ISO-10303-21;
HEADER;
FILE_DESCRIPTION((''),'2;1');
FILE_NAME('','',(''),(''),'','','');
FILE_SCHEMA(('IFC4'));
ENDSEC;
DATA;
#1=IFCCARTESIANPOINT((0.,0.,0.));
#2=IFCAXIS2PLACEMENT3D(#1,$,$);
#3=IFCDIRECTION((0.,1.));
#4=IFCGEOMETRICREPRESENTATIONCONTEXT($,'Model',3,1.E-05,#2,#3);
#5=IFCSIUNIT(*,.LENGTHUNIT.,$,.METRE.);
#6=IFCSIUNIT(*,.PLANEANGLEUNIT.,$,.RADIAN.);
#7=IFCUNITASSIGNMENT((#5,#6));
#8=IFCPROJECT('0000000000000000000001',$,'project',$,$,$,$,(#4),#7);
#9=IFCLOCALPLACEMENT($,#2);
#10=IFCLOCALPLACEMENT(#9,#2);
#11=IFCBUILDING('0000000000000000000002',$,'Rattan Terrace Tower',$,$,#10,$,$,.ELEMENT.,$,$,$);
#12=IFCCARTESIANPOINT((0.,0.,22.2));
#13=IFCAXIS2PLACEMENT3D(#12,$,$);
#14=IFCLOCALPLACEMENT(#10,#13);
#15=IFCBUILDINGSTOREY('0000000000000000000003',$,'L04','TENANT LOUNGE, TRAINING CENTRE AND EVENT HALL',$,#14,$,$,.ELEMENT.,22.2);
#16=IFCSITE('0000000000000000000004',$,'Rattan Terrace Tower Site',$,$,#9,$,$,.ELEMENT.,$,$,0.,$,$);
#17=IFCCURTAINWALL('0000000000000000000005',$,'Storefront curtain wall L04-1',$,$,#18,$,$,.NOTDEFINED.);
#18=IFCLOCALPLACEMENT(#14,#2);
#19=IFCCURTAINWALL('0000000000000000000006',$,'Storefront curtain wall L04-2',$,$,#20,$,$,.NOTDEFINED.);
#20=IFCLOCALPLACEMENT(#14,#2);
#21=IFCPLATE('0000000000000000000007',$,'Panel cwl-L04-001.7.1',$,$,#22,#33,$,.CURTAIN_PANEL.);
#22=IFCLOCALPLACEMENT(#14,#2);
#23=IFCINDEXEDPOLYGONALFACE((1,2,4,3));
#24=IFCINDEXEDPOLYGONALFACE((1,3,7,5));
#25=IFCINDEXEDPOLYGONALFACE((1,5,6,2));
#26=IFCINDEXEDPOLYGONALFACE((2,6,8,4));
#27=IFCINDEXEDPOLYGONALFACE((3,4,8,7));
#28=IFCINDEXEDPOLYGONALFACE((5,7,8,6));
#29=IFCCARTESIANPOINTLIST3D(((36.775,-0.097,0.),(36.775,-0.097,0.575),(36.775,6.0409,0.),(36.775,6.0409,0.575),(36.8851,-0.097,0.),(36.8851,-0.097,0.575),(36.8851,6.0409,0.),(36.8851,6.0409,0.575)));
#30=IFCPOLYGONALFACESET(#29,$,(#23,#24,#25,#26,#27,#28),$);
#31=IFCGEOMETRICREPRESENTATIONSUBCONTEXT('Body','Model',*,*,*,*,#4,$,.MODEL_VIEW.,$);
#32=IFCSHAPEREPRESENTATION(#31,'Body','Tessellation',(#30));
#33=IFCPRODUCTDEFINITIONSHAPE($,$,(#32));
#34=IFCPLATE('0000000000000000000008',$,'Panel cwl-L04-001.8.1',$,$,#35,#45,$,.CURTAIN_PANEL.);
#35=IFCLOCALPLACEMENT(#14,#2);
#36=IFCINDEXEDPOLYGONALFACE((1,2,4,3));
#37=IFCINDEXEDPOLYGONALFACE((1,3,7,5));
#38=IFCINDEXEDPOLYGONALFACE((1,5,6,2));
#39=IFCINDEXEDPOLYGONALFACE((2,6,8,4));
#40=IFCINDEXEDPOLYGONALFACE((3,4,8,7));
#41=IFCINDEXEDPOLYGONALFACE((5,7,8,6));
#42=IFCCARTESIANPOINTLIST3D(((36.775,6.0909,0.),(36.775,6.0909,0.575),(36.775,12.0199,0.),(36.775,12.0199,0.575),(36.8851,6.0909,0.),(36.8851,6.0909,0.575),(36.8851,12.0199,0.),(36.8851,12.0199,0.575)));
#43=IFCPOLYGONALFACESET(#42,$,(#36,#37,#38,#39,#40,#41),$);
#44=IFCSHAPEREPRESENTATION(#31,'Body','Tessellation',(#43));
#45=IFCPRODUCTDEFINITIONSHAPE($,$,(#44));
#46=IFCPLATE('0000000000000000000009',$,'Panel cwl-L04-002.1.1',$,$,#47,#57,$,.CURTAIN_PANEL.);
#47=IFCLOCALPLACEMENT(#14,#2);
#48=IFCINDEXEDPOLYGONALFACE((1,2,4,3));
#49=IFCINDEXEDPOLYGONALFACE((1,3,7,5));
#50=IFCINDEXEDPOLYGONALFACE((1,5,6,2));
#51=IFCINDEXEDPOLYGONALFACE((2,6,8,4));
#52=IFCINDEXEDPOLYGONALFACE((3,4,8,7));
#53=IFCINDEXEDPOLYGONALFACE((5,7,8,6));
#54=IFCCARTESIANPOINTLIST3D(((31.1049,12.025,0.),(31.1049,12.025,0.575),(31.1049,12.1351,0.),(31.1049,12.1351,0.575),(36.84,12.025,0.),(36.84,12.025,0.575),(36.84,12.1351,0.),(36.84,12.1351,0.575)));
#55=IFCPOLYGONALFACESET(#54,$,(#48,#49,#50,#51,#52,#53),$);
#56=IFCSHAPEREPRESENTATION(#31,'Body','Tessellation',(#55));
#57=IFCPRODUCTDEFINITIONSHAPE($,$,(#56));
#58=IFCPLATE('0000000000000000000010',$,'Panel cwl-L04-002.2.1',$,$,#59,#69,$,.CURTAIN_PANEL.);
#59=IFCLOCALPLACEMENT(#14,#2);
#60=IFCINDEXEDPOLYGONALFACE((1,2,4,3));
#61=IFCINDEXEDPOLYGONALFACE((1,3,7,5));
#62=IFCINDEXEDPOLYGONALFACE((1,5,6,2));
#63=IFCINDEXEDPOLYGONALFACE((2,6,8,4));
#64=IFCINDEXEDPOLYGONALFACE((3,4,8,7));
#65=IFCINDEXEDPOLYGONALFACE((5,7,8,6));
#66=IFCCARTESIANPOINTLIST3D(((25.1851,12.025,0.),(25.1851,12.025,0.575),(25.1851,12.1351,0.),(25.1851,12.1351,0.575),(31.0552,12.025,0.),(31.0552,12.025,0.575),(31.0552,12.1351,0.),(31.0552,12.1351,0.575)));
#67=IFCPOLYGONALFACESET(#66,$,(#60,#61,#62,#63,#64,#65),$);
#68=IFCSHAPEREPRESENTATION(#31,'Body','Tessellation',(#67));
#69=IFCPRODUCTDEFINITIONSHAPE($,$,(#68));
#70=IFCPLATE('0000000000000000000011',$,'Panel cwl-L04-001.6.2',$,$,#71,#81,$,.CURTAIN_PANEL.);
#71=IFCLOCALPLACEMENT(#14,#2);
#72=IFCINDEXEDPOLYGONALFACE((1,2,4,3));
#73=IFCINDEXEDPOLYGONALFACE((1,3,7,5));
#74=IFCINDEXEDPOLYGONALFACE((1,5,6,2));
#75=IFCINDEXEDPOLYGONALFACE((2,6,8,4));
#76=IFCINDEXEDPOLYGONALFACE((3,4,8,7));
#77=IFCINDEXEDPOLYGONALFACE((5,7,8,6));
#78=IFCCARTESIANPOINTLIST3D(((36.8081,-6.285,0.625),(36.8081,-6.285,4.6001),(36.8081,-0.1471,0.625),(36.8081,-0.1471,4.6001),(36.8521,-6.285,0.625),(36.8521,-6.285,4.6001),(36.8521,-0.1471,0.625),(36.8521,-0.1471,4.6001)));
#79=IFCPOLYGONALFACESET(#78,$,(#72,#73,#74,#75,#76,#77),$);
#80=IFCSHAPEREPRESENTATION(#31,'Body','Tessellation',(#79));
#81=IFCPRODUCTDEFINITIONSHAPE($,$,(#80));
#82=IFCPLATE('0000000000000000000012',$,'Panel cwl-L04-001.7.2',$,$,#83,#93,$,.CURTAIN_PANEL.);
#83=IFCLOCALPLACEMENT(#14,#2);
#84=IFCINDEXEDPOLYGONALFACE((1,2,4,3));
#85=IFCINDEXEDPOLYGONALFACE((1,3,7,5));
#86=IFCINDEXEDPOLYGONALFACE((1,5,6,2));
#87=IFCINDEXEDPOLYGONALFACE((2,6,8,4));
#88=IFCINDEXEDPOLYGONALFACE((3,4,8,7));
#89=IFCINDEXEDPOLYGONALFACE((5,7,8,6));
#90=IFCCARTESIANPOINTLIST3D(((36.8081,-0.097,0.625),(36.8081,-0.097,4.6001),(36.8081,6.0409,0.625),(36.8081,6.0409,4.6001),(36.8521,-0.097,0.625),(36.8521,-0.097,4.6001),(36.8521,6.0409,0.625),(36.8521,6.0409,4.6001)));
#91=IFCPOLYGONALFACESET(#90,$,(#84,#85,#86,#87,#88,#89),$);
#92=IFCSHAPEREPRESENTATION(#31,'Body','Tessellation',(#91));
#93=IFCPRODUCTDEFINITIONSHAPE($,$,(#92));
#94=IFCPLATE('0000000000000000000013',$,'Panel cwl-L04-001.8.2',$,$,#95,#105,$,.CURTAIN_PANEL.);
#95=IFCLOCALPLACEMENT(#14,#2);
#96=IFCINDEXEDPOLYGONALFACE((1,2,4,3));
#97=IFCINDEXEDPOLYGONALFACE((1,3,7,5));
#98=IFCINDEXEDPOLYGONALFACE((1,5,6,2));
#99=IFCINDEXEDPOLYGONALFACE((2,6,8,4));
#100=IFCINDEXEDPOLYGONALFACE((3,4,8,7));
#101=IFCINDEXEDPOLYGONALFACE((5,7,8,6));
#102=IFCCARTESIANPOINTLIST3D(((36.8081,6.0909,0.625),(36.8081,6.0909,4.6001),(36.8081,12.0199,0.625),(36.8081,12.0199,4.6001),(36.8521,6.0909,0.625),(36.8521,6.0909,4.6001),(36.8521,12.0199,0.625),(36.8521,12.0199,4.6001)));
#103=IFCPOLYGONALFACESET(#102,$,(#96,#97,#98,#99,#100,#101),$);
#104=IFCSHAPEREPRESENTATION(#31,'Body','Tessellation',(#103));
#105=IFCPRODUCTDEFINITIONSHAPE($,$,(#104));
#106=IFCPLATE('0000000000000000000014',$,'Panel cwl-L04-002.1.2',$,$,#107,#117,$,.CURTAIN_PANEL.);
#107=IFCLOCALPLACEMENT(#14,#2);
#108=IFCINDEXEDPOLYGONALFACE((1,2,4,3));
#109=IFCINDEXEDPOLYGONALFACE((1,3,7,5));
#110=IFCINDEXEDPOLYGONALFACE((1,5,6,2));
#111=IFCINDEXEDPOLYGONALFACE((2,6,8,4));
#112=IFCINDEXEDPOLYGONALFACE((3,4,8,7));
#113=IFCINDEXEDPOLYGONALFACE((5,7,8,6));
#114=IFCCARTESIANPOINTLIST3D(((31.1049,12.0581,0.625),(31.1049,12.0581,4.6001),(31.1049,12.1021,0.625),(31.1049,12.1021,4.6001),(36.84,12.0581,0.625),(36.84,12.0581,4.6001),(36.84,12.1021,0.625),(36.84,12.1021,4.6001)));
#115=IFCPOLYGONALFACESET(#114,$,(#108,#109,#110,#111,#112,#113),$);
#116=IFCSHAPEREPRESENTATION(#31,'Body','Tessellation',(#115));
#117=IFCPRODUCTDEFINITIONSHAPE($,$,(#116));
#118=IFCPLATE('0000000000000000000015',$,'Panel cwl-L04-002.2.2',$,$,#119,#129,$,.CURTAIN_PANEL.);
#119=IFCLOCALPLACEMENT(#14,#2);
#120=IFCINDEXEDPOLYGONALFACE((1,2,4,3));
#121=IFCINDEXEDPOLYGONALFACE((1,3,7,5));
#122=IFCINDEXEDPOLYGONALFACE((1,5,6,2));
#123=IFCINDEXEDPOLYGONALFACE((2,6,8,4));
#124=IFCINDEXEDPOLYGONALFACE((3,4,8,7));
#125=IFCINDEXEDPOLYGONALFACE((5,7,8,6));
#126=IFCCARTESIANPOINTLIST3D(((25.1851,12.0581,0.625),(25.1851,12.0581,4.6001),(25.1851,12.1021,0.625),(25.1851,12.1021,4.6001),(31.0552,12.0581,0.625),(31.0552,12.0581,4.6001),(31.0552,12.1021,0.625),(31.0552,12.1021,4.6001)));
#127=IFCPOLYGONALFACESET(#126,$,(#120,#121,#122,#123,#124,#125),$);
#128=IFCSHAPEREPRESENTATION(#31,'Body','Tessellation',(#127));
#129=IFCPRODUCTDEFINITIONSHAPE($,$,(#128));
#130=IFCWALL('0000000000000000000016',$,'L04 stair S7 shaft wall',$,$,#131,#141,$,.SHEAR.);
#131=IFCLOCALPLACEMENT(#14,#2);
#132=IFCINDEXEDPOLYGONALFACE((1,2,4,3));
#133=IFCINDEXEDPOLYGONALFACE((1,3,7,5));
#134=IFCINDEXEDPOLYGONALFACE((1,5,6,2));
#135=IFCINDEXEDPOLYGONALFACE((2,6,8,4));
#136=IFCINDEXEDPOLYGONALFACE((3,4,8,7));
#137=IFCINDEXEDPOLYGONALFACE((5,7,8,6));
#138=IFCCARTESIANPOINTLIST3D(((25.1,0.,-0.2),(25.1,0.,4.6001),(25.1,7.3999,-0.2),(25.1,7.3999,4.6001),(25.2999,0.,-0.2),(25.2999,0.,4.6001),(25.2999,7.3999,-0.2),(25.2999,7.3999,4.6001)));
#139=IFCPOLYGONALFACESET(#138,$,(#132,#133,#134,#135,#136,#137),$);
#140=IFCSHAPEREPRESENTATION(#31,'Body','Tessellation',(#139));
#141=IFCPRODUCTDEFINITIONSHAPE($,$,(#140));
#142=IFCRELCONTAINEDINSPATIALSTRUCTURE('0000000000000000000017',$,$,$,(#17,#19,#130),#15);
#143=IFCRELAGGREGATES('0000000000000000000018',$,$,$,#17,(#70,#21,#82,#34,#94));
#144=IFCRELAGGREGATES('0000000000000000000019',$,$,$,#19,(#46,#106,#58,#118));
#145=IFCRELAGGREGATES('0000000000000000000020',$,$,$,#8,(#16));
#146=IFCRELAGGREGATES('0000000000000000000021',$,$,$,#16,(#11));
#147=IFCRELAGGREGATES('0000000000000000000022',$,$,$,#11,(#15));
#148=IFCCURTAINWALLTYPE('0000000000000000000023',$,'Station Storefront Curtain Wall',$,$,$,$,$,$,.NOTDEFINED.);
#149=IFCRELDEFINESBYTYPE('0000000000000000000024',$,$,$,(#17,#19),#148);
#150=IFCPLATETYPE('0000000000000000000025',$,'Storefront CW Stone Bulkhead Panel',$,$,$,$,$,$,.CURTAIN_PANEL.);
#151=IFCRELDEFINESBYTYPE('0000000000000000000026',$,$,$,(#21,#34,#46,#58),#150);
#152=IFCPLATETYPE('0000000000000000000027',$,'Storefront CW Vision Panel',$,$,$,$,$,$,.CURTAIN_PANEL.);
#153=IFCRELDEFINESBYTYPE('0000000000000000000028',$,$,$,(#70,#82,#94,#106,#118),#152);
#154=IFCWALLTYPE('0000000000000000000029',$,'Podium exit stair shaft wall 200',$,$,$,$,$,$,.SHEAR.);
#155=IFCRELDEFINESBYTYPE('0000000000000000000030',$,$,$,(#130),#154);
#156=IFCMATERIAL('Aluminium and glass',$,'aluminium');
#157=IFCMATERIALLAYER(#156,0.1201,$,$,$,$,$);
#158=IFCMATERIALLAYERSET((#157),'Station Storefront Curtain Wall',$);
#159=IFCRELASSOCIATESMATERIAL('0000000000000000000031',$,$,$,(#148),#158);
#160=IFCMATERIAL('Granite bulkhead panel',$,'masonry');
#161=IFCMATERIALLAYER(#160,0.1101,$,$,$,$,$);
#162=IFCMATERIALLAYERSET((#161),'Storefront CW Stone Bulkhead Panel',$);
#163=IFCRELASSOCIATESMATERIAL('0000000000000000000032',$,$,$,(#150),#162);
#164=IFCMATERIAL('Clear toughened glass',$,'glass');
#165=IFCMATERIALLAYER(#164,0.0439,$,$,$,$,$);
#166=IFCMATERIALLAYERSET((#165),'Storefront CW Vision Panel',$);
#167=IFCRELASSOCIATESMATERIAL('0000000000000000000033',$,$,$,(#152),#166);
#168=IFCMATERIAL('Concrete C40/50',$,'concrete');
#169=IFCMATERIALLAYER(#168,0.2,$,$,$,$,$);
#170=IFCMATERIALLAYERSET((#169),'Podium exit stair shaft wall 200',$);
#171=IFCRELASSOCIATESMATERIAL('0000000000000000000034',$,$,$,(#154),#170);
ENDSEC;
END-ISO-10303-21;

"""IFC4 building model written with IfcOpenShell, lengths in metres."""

from ifc_helpers import new_model, si_unit, direction, frame, frame_2d, origin, origin_2d, place, context, subcontext, project, spatial, rectangle, extrude, material, layer, layer_set, type_object, element, aggregate, save


model = new_model("IFC4")

# Units and contexts
model_context = context("Model", 3, precision=1e-05, world=origin(), true_north=direction((0.0, 1.0)))
body_context = subcontext(model_context, "Body", "Model", "MODEL_VIEW")
ifc_project = project(units=[si_unit("LENGTHUNIT", "METRE"), si_unit("PLANEANGLEUNIT", "RADIAN")], contexts=[model_context])

# Site, building, storey
site_placement = place(None, origin())
site = spatial("IfcSite", under=ifc_project, at=site_placement, Name="Rattan Terrace Tower Site", CompositionType="ELEMENT", RefElevation=0.0)
building_placement = place(site_placement, origin())
building = spatial("IfcBuilding", under=site, at=building_placement, Name="Rattan Terrace Tower", CompositionType="ELEMENT")
storey_placement = place(building_placement, frame((0.0, 0.0, 22.2)))
storey = spatial("IfcBuildingStorey", under=building, at=storey_placement, Name="L04", Description="TENANT LOUNGE, TRAINING CENTRE AND EVENT HALL", CompositionType="ELEMENT", Elevation=22.2)

# Curtain walls
ifc_material_1 = material(Name="Aluminium and glass", Category="aluminium")
ifc_layer_1 = layer(ifc_material_1, 0.1201)
ifc_layer_set_1 = layer_set([ifc_layer_1], Name="Station Storefront Curtain Wall")
curtain_wall_type = type_object("IfcCurtainWallType", Name="Station Storefront Curtain Wall", PredefinedType="NOTDEFINED", material=ifc_layer_set_1)
curtain_wall_1_placement = place(storey_placement, origin())
curtain_wall_1 = element("IfcCurtainWall", 1, at=curtain_wall_1_placement, inside=storey, type_object=curtain_wall_type, Name="Storefront curtain wall L04-1", PredefinedType="NOTDEFINED")
curtain_wall_2_placement = place(storey_placement, origin())
curtain_wall_2 = element("IfcCurtainWall", 2, at=curtain_wall_2_placement, inside=storey, type_object=curtain_wall_type, Name="Storefront curtain wall L04-2", PredefinedType="NOTDEFINED")

# Plates
ifc_material_2 = material(Name="Granite bulkhead panel", Category="masonry")
ifc_layer_2 = layer(ifc_material_2, 0.1101)
ifc_layer_set_2 = layer_set([ifc_layer_2], Name="Storefront CW Stone Bulkhead Panel")
plate_type_1 = type_object("IfcPlateType", Name="Storefront CW Stone Bulkhead Panel", PredefinedType="CURTAIN_PANEL", material=ifc_layer_set_2)
plate_1_placement = place(storey_placement, frame((36.8301, 2.9719, 0.0), z_axis=(0.0, 0.0, 1.0), x_axis=(0.0, 1.0, 0.0)))
plate_1 = element("IfcPlate", 3, at=plate_1_placement, type_object=plate_type_1, Name="Panel cwl-L04-001.7.1", PredefinedType="CURTAIN_PANEL", context=body_context, shape_type="SweptSolid", body=[
    extrude(rectangle(XDim=6.1379, YDim=0.1101, at=origin_2d()), origin(), (0.0, 0.0, 1.0), 0.575),
])
plate_2_placement = place(storey_placement, frame((36.8301, 9.0554, 0.0), z_axis=(0.0, 0.0, 1.0), x_axis=(0.0, 1.0, 0.0)))
plate_2 = element("IfcPlate", 4, at=plate_2_placement, type_object=plate_type_1, Name="Panel cwl-L04-001.8.1", PredefinedType="CURTAIN_PANEL", context=body_context, shape_type="SweptSolid", body=[
    extrude(rectangle(XDim=5.929, YDim=0.1101, at=origin_2d()), origin(), (0.0, 0.0, 1.0), 0.575),
])
plate_3_placement = place(storey_placement, frame((33.9724, 12.0801, 0.0), z_axis=(0.0, 0.0, 1.0), x_axis=(-1.0, 0.0, 0.0)))
plate_3 = element("IfcPlate", 5, at=plate_3_placement, type_object=plate_type_1, Name="Panel cwl-L04-002.1.1", PredefinedType="CURTAIN_PANEL", context=body_context, shape_type="SweptSolid", body=[
    extrude(rectangle(XDim=5.7351, YDim=0.1101, at=origin_2d()), origin(), (0.0, 0.0, 1.0), 0.575),
])
plate_4_placement = place(storey_placement, frame((28.1201, 12.0801, 0.0), z_axis=(0.0, 0.0, 1.0), x_axis=(-1.0, 0.0, 0.0)))
plate_4 = element("IfcPlate", 6, at=plate_4_placement, type_object=plate_type_1, Name="Panel cwl-L04-002.2.1", PredefinedType="CURTAIN_PANEL", context=body_context, shape_type="SweptSolid", body=[
    extrude(rectangle(XDim=5.8701, YDim=0.1101, at=origin_2d()), origin(), (0.0, 0.0, 1.0), 0.575),
])
ifc_material_3 = material(Name="Clear toughened glass", Category="glass")
ifc_layer_3 = layer(ifc_material_3, 0.0439)
ifc_layer_set_3 = layer_set([ifc_layer_3], Name="Storefront CW Vision Panel")
plate_type_2 = type_object("IfcPlateType", Name="Storefront CW Vision Panel", PredefinedType="CURTAIN_PANEL", material=ifc_layer_set_3)
plate_5_placement = place(storey_placement, frame((36.8301, -3.2161, 0.625), z_axis=(0.0, 0.0, 1.0), x_axis=(0.0, 1.0, 0.0)))
plate_5 = element("IfcPlate", 7, at=plate_5_placement, type_object=plate_type_2, Name="Panel cwl-L04-001.6.2", PredefinedType="CURTAIN_PANEL", context=body_context, shape_type="SweptSolid", body=[
    extrude(rectangle(XDim=6.1379, YDim=0.0439, at=origin_2d()), origin(), (0.0, 0.0, 1.0), 3.9751),
])
plate_6_placement = place(storey_placement, frame((36.8301, 2.9719, 0.625), z_axis=(0.0, 0.0, 1.0), x_axis=(0.0, 1.0, 0.0)))
plate_6 = element("IfcPlate", 8, at=plate_6_placement, type_object=plate_type_2, Name="Panel cwl-L04-001.7.2", PredefinedType="CURTAIN_PANEL", context=body_context, shape_type="SweptSolid", body=[
    extrude(rectangle(XDim=6.1379, YDim=0.0439, at=origin_2d()), origin(), (0.0, 0.0, 1.0), 3.9751),
])
plate_7_placement = place(storey_placement, frame((36.8301, 9.0554, 0.625), z_axis=(0.0, 0.0, 1.0), x_axis=(0.0, 1.0, 0.0)))
plate_7 = element("IfcPlate", 9, at=plate_7_placement, type_object=plate_type_2, Name="Panel cwl-L04-001.8.2", PredefinedType="CURTAIN_PANEL", context=body_context, shape_type="SweptSolid", body=[
    extrude(rectangle(XDim=5.929, YDim=0.0439, at=origin_2d()), origin(), (0.0, 0.0, 1.0), 3.9751),
])
aggregate(curtain_wall_1, [plate_5, plate_1, plate_6, plate_2, plate_7])
plate_8_placement = place(storey_placement, frame((33.9724, 12.0801, 0.625), z_axis=(0.0, 0.0, 1.0), x_axis=(-1.0, 0.0, 0.0)))
plate_8 = element("IfcPlate", 10, at=plate_8_placement, type_object=plate_type_2, Name="Panel cwl-L04-002.1.2", PredefinedType="CURTAIN_PANEL", context=body_context, shape_type="SweptSolid", body=[
    extrude(rectangle(XDim=5.7351, YDim=0.0439, at=origin_2d()), origin(), (0.0, 0.0, 1.0), 3.9751),
])
plate_9_placement = place(storey_placement, frame((28.1201, 12.0801, 0.625), z_axis=(0.0, 0.0, 1.0), x_axis=(-1.0, 0.0, 0.0)))
plate_9 = element("IfcPlate", 11, at=plate_9_placement, type_object=plate_type_2, Name="Panel cwl-L04-002.2.2", PredefinedType="CURTAIN_PANEL", context=body_context, shape_type="SweptSolid", body=[
    extrude(rectangle(XDim=5.8701, YDim=0.0439, at=origin_2d()), origin(), (0.0, 0.0, 1.0), 3.9751),
])
aggregate(curtain_wall_2, [plate_3, plate_8, plate_4, plate_9])

# Wall
ifc_material_4 = material(Name="Concrete C40/50", Category="concrete")
ifc_layer_4 = layer(ifc_material_4, 0.2)
ifc_layer_set_4 = layer_set([ifc_layer_4], Name="Podium exit stair shaft wall 200")
wall_type = type_object("IfcWallType", Name="Podium exit stair shaft wall 200", PredefinedType="SHEAR", material=ifc_layer_set_4)
wall_placement = place(storey_placement, frame((25.2, 0.0, -0.2), z_axis=(0.0, 0.0, 1.0), x_axis=(0.0, 1.0, 0.0)))
element("IfcWall", 12, at=wall_placement, inside=storey, type_object=wall_type, Name="L04 stair S7 shaft wall", PredefinedType="SHEAR", context=body_context, shape_type="SweptSolid", body=[
    extrude(rectangle(XDim=7.3999, YDim=0.2, at=frame_2d((3.7, 0.0))), origin(), (0.0, 0.0, 1.0), 4.8),
])

save(model, "model.ifc")
